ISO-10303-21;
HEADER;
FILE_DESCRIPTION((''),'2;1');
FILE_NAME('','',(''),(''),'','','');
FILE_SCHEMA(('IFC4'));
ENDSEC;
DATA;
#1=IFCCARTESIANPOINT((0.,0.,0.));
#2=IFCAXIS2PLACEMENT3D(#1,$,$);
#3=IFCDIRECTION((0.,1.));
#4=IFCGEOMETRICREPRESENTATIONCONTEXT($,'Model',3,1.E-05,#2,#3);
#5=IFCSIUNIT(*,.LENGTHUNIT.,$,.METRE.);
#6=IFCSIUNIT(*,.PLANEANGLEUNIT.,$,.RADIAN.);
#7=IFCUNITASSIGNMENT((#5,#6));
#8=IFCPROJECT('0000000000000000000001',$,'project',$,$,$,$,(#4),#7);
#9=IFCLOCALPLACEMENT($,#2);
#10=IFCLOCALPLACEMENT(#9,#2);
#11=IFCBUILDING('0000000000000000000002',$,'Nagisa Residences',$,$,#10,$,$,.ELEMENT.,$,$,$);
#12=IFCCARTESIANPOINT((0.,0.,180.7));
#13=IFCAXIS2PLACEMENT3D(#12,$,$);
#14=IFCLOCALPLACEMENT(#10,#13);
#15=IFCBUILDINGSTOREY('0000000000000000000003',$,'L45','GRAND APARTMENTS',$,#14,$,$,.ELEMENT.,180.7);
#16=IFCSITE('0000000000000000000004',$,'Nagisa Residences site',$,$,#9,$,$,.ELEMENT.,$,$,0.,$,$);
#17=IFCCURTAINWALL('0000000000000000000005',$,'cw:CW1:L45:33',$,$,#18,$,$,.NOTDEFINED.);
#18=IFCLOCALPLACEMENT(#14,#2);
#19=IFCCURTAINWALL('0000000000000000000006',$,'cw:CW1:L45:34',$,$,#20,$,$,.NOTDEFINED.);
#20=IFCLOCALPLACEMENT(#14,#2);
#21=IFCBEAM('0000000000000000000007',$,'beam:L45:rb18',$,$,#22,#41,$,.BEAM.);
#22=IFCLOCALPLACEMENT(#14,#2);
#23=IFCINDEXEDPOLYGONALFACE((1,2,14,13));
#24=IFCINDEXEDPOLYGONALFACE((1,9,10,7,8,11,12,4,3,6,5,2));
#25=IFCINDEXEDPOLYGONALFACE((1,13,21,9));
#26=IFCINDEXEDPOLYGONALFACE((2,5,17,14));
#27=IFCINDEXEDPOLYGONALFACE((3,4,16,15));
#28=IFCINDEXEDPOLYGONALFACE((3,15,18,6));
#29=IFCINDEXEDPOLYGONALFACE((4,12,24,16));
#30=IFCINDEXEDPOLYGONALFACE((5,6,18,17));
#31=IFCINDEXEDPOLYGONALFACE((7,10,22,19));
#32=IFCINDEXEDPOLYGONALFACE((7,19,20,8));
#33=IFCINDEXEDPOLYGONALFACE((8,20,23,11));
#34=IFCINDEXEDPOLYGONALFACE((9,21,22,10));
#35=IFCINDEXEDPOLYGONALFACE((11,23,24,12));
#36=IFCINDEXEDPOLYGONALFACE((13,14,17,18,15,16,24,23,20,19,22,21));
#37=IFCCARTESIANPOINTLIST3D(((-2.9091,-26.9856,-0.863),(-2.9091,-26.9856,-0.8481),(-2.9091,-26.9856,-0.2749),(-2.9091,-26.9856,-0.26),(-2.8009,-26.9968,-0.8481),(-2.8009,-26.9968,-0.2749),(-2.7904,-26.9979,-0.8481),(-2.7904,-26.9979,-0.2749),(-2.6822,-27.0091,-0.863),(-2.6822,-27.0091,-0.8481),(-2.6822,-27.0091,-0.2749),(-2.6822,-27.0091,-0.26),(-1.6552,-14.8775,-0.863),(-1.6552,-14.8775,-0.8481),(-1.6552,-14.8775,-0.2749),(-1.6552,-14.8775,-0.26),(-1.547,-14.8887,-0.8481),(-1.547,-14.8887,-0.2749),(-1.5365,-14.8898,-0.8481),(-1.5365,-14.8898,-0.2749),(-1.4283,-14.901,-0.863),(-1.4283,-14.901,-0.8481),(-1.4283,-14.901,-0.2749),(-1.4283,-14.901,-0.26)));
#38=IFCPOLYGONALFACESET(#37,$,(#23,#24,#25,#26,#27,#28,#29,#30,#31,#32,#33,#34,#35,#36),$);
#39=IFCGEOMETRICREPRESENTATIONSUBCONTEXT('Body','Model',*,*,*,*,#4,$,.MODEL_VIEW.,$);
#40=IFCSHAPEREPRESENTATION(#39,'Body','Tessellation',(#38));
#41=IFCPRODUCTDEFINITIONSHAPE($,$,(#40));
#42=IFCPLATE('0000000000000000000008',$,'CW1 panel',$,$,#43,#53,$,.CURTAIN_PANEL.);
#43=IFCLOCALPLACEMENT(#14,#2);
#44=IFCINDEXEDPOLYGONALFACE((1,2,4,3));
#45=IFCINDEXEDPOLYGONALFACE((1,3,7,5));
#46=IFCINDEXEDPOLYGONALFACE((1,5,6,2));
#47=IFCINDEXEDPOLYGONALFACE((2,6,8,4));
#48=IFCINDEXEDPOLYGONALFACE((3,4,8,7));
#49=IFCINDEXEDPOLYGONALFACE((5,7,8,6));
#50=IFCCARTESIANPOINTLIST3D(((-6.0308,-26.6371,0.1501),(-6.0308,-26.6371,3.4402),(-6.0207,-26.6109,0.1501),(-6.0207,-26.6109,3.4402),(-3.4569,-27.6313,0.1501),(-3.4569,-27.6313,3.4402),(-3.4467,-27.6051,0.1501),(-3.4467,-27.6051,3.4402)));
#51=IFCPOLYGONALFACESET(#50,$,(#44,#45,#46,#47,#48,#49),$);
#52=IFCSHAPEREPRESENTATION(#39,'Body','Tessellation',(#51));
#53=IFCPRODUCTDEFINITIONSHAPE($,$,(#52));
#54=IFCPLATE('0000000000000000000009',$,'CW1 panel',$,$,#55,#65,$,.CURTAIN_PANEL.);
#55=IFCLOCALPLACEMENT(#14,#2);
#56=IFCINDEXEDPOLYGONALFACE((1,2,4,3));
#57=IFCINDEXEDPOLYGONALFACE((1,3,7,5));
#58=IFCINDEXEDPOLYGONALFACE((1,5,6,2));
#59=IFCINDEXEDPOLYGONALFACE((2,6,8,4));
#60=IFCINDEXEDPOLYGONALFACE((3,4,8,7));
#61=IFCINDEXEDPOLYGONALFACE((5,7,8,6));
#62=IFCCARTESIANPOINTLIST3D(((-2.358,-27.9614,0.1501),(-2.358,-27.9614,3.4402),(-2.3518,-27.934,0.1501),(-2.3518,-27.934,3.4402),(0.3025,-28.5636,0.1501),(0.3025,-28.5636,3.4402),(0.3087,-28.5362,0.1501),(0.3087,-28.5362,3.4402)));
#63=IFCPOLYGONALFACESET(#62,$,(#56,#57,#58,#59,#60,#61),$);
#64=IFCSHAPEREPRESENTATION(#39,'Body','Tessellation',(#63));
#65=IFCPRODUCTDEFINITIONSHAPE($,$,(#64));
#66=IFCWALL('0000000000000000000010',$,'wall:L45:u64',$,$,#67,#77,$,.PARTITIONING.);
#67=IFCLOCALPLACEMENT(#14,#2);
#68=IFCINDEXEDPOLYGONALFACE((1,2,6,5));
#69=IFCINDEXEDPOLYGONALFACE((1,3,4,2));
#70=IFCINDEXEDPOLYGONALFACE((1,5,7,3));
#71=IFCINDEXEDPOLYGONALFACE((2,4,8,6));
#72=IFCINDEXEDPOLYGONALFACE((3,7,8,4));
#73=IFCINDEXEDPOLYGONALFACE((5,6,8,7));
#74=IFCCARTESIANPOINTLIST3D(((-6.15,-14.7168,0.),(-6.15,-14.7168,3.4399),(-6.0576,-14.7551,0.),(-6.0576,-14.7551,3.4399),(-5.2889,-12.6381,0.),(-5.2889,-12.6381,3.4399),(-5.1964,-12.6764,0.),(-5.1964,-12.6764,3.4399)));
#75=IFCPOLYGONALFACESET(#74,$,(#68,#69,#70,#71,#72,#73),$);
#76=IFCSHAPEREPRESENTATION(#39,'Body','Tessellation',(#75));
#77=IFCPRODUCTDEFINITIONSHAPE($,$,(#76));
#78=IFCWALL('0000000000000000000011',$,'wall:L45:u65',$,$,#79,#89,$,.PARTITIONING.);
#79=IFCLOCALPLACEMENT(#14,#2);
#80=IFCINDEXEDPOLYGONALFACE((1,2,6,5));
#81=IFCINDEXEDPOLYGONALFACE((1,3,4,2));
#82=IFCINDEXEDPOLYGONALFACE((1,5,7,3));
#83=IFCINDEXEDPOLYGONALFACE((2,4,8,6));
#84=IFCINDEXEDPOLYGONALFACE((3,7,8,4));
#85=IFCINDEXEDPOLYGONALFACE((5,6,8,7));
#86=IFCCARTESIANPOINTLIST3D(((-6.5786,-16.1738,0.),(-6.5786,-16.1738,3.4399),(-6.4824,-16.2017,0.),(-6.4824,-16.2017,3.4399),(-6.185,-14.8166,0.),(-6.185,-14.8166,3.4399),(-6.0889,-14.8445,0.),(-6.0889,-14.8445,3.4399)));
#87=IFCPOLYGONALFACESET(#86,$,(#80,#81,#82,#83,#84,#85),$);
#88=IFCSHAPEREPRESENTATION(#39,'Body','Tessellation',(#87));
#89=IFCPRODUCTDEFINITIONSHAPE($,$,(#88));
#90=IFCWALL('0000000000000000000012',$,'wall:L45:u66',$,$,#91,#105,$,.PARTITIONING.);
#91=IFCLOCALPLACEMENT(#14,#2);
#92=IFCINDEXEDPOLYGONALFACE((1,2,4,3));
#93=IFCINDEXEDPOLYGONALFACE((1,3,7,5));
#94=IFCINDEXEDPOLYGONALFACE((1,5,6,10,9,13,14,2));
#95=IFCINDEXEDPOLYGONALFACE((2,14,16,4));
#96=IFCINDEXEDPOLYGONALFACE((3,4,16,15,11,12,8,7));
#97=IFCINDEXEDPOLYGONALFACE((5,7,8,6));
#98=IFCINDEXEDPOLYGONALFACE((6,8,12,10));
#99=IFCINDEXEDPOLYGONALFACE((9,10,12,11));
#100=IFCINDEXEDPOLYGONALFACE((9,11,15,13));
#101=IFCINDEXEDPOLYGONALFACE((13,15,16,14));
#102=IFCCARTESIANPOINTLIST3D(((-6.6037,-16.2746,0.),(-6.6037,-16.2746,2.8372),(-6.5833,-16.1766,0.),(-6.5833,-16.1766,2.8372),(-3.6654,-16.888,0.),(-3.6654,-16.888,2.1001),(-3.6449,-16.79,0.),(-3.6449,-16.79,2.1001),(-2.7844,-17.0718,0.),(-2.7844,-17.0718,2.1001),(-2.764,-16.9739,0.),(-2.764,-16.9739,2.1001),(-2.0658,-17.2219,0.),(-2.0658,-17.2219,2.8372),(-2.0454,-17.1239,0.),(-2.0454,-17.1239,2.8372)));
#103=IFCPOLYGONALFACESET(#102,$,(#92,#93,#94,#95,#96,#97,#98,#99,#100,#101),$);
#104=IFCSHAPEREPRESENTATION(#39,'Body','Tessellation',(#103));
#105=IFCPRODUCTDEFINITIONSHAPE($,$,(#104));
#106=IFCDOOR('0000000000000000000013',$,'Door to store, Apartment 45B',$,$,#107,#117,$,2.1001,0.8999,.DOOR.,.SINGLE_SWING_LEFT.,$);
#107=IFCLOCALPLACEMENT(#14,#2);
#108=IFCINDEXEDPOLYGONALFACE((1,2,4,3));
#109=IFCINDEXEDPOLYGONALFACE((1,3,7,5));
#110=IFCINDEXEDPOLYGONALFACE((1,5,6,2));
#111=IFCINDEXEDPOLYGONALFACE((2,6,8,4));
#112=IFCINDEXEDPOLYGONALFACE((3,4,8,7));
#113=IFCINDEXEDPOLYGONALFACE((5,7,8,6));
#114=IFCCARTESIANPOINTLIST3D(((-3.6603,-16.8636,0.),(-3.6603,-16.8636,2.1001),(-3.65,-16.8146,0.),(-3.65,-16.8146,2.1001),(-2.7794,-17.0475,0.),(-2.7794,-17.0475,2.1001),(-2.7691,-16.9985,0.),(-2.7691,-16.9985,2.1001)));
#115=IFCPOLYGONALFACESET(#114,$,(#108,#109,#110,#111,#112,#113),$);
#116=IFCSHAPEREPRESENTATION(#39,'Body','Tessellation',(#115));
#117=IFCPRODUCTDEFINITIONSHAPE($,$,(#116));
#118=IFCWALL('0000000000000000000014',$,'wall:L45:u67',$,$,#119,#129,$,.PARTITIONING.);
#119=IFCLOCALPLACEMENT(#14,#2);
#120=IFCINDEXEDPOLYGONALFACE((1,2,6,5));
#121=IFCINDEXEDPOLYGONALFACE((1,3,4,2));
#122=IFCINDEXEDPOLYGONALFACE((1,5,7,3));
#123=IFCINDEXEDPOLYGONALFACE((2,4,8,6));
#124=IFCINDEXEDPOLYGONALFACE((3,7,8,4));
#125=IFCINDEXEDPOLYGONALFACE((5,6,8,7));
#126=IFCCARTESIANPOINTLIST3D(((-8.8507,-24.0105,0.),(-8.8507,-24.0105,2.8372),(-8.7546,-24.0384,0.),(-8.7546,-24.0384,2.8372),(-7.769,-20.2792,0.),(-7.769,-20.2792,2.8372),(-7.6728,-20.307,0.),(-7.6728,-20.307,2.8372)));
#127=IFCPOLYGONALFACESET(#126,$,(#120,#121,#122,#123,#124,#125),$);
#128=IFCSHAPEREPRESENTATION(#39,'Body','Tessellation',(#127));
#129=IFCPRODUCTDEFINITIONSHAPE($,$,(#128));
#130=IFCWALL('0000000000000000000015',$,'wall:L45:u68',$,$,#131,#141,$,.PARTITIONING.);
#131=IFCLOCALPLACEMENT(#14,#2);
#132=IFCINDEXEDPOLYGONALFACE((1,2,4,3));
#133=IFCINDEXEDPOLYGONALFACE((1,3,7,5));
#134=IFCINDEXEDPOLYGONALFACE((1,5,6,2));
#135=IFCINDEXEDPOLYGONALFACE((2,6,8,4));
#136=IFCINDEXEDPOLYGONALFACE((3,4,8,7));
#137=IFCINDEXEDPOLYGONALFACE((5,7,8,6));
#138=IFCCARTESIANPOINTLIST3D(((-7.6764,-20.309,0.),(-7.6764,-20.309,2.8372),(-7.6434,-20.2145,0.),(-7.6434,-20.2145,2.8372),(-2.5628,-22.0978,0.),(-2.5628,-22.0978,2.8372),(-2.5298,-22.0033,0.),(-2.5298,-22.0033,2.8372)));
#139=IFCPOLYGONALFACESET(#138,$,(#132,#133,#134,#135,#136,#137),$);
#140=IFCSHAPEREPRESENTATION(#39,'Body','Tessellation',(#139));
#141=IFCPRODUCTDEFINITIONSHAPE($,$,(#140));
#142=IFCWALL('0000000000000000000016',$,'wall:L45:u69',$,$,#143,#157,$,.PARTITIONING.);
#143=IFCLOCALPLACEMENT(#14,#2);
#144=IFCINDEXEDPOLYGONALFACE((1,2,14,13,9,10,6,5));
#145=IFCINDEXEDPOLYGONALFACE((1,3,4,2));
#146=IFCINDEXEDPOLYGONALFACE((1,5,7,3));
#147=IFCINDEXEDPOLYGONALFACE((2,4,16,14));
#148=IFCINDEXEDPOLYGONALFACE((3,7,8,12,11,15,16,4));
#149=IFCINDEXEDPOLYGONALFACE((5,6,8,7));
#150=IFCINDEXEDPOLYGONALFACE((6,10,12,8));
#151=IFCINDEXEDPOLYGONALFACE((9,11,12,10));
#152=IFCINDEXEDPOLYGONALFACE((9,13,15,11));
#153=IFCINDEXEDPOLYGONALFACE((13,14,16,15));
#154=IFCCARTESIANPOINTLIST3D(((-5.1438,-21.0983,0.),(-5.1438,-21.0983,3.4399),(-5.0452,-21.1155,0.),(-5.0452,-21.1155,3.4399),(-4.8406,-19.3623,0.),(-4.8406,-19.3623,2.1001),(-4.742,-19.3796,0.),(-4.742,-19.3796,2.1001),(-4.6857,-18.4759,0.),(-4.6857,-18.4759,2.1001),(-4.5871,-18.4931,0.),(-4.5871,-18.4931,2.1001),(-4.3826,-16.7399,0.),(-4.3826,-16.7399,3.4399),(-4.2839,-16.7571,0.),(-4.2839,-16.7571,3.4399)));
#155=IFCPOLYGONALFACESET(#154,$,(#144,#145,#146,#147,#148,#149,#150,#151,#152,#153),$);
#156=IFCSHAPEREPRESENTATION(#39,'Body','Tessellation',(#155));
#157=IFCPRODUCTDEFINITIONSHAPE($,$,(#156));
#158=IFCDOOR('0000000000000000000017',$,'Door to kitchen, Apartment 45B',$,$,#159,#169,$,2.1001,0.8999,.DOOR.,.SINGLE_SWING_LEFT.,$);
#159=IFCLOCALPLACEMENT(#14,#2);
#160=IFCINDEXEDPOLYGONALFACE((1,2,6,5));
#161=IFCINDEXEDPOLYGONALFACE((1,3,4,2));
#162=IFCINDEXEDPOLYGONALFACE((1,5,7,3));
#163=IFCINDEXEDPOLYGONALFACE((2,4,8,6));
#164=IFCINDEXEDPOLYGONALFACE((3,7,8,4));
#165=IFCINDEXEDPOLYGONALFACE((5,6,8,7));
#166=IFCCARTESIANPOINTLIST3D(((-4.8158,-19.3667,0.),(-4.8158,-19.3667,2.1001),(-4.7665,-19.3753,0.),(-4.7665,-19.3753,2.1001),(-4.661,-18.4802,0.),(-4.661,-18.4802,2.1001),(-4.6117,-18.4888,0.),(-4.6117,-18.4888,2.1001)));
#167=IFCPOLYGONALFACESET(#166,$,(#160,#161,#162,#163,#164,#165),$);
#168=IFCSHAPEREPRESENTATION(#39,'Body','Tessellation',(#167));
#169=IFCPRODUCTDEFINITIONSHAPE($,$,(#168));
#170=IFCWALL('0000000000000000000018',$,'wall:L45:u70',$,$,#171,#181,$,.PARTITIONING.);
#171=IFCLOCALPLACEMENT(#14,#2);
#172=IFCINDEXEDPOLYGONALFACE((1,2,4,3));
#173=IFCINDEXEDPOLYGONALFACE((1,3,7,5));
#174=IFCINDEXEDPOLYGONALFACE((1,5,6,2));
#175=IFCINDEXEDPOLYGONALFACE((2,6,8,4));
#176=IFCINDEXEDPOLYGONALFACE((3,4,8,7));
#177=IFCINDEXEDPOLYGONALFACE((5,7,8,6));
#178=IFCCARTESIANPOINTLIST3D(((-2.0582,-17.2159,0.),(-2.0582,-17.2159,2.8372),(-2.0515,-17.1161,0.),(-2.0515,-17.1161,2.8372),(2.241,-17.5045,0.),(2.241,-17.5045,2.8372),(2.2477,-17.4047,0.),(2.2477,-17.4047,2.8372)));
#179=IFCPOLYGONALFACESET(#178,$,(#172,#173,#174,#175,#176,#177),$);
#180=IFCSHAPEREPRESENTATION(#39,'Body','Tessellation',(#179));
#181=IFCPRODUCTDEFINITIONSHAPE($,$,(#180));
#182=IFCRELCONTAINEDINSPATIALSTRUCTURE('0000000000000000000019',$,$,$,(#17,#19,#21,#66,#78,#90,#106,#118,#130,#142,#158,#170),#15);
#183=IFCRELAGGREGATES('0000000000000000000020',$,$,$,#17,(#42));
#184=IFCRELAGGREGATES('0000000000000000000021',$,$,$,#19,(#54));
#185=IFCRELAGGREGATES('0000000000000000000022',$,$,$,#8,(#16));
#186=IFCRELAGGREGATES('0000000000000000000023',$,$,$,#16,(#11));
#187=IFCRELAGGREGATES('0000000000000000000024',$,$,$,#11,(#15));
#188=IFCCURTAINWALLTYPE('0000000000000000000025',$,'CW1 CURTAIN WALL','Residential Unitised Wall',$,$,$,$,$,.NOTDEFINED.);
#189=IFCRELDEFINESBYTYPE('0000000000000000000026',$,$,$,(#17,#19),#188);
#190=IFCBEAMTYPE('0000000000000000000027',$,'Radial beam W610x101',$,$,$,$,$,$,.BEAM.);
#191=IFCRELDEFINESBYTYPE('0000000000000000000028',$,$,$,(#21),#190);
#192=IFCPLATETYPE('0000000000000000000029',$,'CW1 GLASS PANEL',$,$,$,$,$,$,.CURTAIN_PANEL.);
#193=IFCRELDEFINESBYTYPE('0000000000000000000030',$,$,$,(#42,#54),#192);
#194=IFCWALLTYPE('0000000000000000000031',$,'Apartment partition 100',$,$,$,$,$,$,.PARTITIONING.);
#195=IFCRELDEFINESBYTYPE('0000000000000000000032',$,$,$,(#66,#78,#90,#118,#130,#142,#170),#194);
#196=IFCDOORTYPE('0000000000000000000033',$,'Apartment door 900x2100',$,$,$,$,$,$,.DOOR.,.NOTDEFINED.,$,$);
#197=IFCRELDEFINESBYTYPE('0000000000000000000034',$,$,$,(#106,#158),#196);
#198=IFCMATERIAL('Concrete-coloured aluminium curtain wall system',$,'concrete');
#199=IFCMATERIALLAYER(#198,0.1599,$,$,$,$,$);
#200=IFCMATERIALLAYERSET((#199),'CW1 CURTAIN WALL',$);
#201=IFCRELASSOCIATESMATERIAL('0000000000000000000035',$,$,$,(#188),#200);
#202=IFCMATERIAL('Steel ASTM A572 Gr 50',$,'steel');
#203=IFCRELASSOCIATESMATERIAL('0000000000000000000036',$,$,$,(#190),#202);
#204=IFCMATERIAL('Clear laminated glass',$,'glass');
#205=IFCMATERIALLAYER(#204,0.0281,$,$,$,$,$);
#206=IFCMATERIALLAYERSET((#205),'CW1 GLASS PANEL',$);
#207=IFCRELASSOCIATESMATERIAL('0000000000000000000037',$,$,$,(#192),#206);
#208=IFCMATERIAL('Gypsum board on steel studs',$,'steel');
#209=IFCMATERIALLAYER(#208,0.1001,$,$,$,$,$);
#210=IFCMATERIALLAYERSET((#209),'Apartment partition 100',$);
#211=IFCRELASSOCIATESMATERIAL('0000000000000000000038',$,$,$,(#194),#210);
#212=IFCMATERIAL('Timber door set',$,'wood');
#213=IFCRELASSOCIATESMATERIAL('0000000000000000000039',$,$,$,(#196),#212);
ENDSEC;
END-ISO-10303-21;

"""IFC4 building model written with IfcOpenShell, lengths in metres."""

from ifc_helpers import new_model, si_unit, direction, frame, frame_2d, origin, origin_2d, place, context, subcontext, project, spatial, rectangle, i_section, extrude, material, layer, layer_set, material_profile, profile_set, type_object, element, fill, aggregate, save


model = new_model("IFC4")

# Units and contexts
model_context = context("Model", 3, precision=1e-05, world=origin(), true_north=direction((0.0, 1.0)))
body_context = subcontext(model_context, "Body", "Model", "MODEL_VIEW")
ifc_project = project(units=[si_unit("LENGTHUNIT", "METRE"), si_unit("PLANEANGLEUNIT", "RADIAN")], contexts=[model_context])

# Site, building, storey
site_placement = place(None, origin())
site = spatial("IfcSite", under=ifc_project, at=site_placement, Name="Nagisa Residences site", CompositionType="ELEMENT", RefElevation=0.0)
building_placement = place(site_placement, origin())
building = spatial("IfcBuilding", under=site, at=building_placement, Name="Nagisa Residences", CompositionType="ELEMENT")
storey_placement = place(building_placement, frame((0.0, 0.0, 180.7)))
storey = spatial("IfcBuildingStorey", under=building, at=storey_placement, Name="L45", Description="GRAND APARTMENTS", CompositionType="ELEMENT", Elevation=180.7)

# Curtain walls
ifc_material_1 = material(Name="Concrete-coloured aluminium curtain wall system", Category="concrete")
ifc_layer_1 = layer(ifc_material_1, 0.1599)
ifc_layer_set_1 = layer_set([ifc_layer_1], Name="CW1 CURTAIN WALL")
curtain_wall_type = type_object("IfcCurtainWallType", Name="CW1 CURTAIN WALL", Description="Residential Unitised Wall", PredefinedType="NOTDEFINED", material=ifc_layer_set_1)
curtain_wall_1_placement = place(storey_placement, origin())
curtain_wall_1 = element("IfcCurtainWall", 1, at=curtain_wall_1_placement, inside=storey, type_object=curtain_wall_type, Name="cw:CW1:L45:33", PredefinedType="NOTDEFINED")
curtain_wall_2_placement = place(storey_placement, origin())
curtain_wall_2 = element("IfcCurtainWall", 2, at=curtain_wall_2_placement, inside=storey, type_object=curtain_wall_type, Name="cw:CW1:L45:34", PredefinedType="NOTDEFINED")

# Beam
ifc_material_2 = material(Name="Steel ASTM A572 Gr 50", Category="steel")
ifc_material_profile_1 = material_profile(ifc_material_2, i_section(OverallWidth=0.228, OverallDepth=0.603, WebThickness=0.0105, FlangeThickness=0.0149, at=origin_2d()), Name="W610x101")
ifc_profile_set_1 = profile_set([ifc_material_profile_1], Name="Steel ASTM A572 Gr 50")
beam_type_1 = type_object("IfcBeamType", Name="Radial beam W610x101", PredefinedType="BEAM", material=ifc_profile_set_1)
beam_1_placement = place(storey_placement, frame((-2.7957, -26.9973, -0.5615), z_axis=(0.103008, 0.994681, 0.0), x_axis=(-0.994681, 0.103008, 0.0)))
element("IfcBeam", 3, at=beam_1_placement, inside=storey, type_object=beam_type_1, Name="beam:L45:rb18", PredefinedType="BEAM", context=body_context, shape_type="SweptSolid", body=[
    extrude(i_section(OverallWidth=0.228, OverallDepth=0.603, WebThickness=0.0105, FlangeThickness=0.0149, at=origin_2d()), origin(), (0.0, 0.0, 1.0), 12.1729),
])

# Plates
ifc_material_3 = material(Name="Clear laminated glass", Category="glass")
ifc_layer_2 = layer(ifc_material_3, 0.0281)
ifc_layer_set_2 = layer_set([ifc_layer_2], Name="CW1 GLASS PANEL")
plate_type = type_object("IfcPlateType", Name="CW1 GLASS PANEL", PredefinedType="CURTAIN_PANEL", material=ifc_layer_set_2)
plate_1_placement = place(storey_placement, frame((-4.7388, -27.1211, 0.1501), z_axis=(0.0, 0.0, 1.0), x_axis=(0.932826, -0.360328, 0.0)))
plate_1 = element("IfcPlate", 4, at=plate_1_placement, type_object=plate_type, Name="CW1 panel", PredefinedType="CURTAIN_PANEL", context=body_context, shape_type="SweptSolid", body=[
    extrude(rectangle(XDim=2.7593, YDim=0.0281, at=origin_2d()), origin(), (0.0, 0.0, 1.0), 3.29),
])
aggregate(curtain_wall_1, [plate_1])
plate_2_placement = place(storey_placement, frame((-1.0247, -28.2488, 0.1501), z_axis=(0.0, 0.0, 1.0), x_axis=(0.975327, -0.220764, 0.0)))
plate_2 = element("IfcPlate", 5, at=plate_2_placement, type_object=plate_type, Name="CW1 panel", PredefinedType="CURTAIN_PANEL", context=body_context, shape_type="SweptSolid", body=[
    extrude(rectangle(XDim=2.7278, YDim=0.0281, at=origin_2d()), origin(), (0.0, 0.0, 1.0), 3.29),
])
aggregate(curtain_wall_2, [plate_2])

# Walls
ifc_material_4 = material(Name="Gypsum board on steel studs", Category="steel")
ifc_layer_3 = layer(ifc_material_4, 0.1001)
ifc_layer_set_3 = layer_set([ifc_layer_3], Name="Apartment partition 100")
wall_type_1 = type_object("IfcWallType", Name="Apartment partition 100", PredefinedType="PARTITIONING", material=ifc_layer_set_3)
wall_1_placement = place(storey_placement, frame((-5.2427, -12.6572, 0.0), z_axis=(0.0, 0.0, 1.0), x_axis=(-0.382719, -0.923865, 0.0)))
element("IfcWall", 6, at=wall_1_placement, inside=storey, type_object=wall_type_1, Name="wall:L45:u64", PredefinedType="PARTITIONING", context=body_context, shape_type="SweptSolid", body=[
    extrude(rectangle(XDim=2.25, YDim=0.1001, at=frame_2d((1.125, 0.0))), origin(), (0.0, 0.0, 1.0), 3.4399),
])
wall_2_placement = place(storey_placement, frame((-6.137, -14.8306, 0.0), z_axis=(0.0, 0.0, 1.0), x_axis=(-0.278507, -0.960434, 0.0)))
element("IfcWall", 7, at=wall_2_placement, inside=storey, type_object=wall_type_1, Name="wall:L45:u65", PredefinedType="PARTITIONING", context=body_context, shape_type="SweptSolid", body=[
    extrude(rectangle(XDim=1.4131, YDim=0.1001, at=frame_2d((0.7065, 0.0))), origin(), (0.0, 0.0, 1.0), 3.4399),
])

# Wall, opening, door
wall_3_placement = place(storey_placement, frame((-6.5935, -16.2256, 0.0), z_axis=(0.0, 0.0, 1.0), x_axis=(0.978899, -0.204343, 0.0)))
wall_3 = element("IfcWall", 8, at=wall_3_placement, inside=storey, type_object=wall_type_1, Name="wall:L45:u66", PredefinedType="PARTITIONING", context=body_context, shape_type="SweptSolid", body=[
    extrude(rectangle(XDim=4.6357, YDim=0.1001, at=frame_2d((2.3179, 0.0))), origin(), (0.0, 0.0, 1.0), 2.8372),
])
opening_1_placement = place(wall_3_placement, frame((3.0017, 0.0, 0.0)))
opening_1 = element("IfcOpeningElement", 9, at=opening_1_placement, cuts=wall_3, PredefinedType="OPENING", context=body_context, shape_type="SweptSolid", body=[
    extrude(rectangle(XDim=0.8999, YDim=2.1001, at=frame_2d((0.45, 1.05))), frame((0.0, 0.0601, 0.0), z_axis=(0.0, -1.0, 0.0), x_axis=(1.0, 0.0, 0.0)), (0.0, 0.0, 1.0), 0.1201),
])
ifc_material_5 = material(Name="Timber door set", Category="wood")
door_type_1 = type_object("IfcDoorType", Name="Apartment door 900x2100", OperationType="NOTDEFINED", PredefinedType="DOOR", material=ifc_material_5)
door_1_placement = place(opening_1_placement, origin())
door_1 = element("IfcDoor", 10, at=door_1_placement, inside=storey, type_object=door_type_1, Name="Door to store, Apartment 45B", OperationType="SINGLE_SWING_LEFT", OverallHeight=2.1001, OverallWidth=0.8999, PredefinedType="DOOR", context=body_context, shape_type="SweptSolid", body=[
    extrude(rectangle(XDim=0.8999, YDim=2.1001, at=frame_2d((0.45, 1.05))), frame((0.0, 0.0249, 0.0), z_axis=(0.0, -1.0, 0.0), x_axis=(1.0, 0.0, 0.0)), (0.0, 0.0, 1.0), 0.05),
])
fill(opening_1, door_1)

# Walls
wall_4_placement = place(storey_placement, frame((-7.7209, -20.2932, 0.0), z_axis=(0.0, 0.0, 1.0), x_axis=(-0.278446, -0.960452, 0.0)))
element("IfcWall", 11, at=wall_4_placement, inside=storey, type_object=wall_type_1, Name="wall:L45:u67", PredefinedType="PARTITIONING", context=body_context, shape_type="SweptSolid", body=[
    extrude(rectangle(XDim=3.885, YDim=0.1001, at=frame_2d((1.9424, 0.0))), origin(), (0.0, 0.0, 1.0), 2.8372),
])
wall_5_placement = place(storey_placement, frame((-7.6599, -20.2617, 0.0), z_axis=(0.0, 0.0, 1.0), x_axis=(0.943911, -0.3302, 0.0)))
element("IfcWall", 12, at=wall_5_placement, inside=storey, type_object=wall_type_1, Name="wall:L45:u68", PredefinedType="PARTITIONING", context=body_context, shape_type="SweptSolid", body=[
    extrude(rectangle(XDim=5.4175, YDim=0.1001, at=frame_2d((2.7087, 0.0))), origin(), (0.0, 0.0, 1.0), 2.8372),
])

# Wall, opening, door
wall_6_placement = place(storey_placement, frame((-4.3333, -16.7485, 0.0), z_axis=(0.0, 0.0, 1.0), x_axis=(-0.172054, -0.985088, 0.0)))
wall_6 = element("IfcWall", 13, at=wall_6_placement, inside=storey, type_object=wall_type_1, Name="wall:L45:u69", PredefinedType="PARTITIONING", context=body_context, shape_type="SweptSolid", body=[
    extrude(rectangle(XDim=4.4243, YDim=0.1001, at=frame_2d((2.2122, 0.0))), origin(), (0.0, 0.0, 1.0), 3.4399),
])
opening_2_placement = place(wall_6_placement, frame((1.7622, 0.0, 0.0)))
opening_2 = element("IfcOpeningElement", 14, at=opening_2_placement, cuts=wall_6, PredefinedType="OPENING", context=body_context, shape_type="SweptSolid", body=[
    extrude(rectangle(XDim=0.8999, YDim=2.1001, at=frame_2d((0.45, 1.05))), frame((0.0, 0.0601, 0.0), z_axis=(0.0, -1.0, 0.0), x_axis=(1.0, 0.0, 0.0)), (0.0, 0.0, 1.0), 0.1201),
])
door_2_placement = place(opening_2_placement, frame((0.8999, 0.0, 0.0), x_axis=(-1.0, 0.0, 0.0)))
door_2 = element("IfcDoor", 15, at=door_2_placement, inside=storey, type_object=door_type_1, Name="Door to kitchen, Apartment 45B", OperationType="SINGLE_SWING_LEFT", OverallHeight=2.1001, OverallWidth=0.8999, PredefinedType="DOOR", context=body_context, shape_type="SweptSolid", body=[
    extrude(rectangle(XDim=0.8999, YDim=2.1001, at=frame_2d((0.45, 1.05))), frame((0.0, 0.0249, 0.0), z_axis=(0.0, -1.0, 0.0), x_axis=(1.0, 0.0, 0.0)), (0.0, 0.0, 1.0), 0.05),
])
fill(opening_2, door_2)

# Wall
wall_7_placement = place(storey_placement, frame((-2.0547, -17.166, 0.0), z_axis=(0.0, 0.0, 1.0), x_axis=(0.997755, -0.066974, 0.0)))
element("IfcWall", 16, at=wall_7_placement, inside=storey, type_object=wall_type_1, Name="wall:L45:u70", PredefinedType="PARTITIONING", context=body_context, shape_type="SweptSolid", body=[
    extrude(rectangle(XDim=4.3088, YDim=0.1001, at=frame_2d((2.1543, 0.0))), origin(), (0.0, 0.0, 1.0), 2.8372),
])

save(model, "model.ifc")
